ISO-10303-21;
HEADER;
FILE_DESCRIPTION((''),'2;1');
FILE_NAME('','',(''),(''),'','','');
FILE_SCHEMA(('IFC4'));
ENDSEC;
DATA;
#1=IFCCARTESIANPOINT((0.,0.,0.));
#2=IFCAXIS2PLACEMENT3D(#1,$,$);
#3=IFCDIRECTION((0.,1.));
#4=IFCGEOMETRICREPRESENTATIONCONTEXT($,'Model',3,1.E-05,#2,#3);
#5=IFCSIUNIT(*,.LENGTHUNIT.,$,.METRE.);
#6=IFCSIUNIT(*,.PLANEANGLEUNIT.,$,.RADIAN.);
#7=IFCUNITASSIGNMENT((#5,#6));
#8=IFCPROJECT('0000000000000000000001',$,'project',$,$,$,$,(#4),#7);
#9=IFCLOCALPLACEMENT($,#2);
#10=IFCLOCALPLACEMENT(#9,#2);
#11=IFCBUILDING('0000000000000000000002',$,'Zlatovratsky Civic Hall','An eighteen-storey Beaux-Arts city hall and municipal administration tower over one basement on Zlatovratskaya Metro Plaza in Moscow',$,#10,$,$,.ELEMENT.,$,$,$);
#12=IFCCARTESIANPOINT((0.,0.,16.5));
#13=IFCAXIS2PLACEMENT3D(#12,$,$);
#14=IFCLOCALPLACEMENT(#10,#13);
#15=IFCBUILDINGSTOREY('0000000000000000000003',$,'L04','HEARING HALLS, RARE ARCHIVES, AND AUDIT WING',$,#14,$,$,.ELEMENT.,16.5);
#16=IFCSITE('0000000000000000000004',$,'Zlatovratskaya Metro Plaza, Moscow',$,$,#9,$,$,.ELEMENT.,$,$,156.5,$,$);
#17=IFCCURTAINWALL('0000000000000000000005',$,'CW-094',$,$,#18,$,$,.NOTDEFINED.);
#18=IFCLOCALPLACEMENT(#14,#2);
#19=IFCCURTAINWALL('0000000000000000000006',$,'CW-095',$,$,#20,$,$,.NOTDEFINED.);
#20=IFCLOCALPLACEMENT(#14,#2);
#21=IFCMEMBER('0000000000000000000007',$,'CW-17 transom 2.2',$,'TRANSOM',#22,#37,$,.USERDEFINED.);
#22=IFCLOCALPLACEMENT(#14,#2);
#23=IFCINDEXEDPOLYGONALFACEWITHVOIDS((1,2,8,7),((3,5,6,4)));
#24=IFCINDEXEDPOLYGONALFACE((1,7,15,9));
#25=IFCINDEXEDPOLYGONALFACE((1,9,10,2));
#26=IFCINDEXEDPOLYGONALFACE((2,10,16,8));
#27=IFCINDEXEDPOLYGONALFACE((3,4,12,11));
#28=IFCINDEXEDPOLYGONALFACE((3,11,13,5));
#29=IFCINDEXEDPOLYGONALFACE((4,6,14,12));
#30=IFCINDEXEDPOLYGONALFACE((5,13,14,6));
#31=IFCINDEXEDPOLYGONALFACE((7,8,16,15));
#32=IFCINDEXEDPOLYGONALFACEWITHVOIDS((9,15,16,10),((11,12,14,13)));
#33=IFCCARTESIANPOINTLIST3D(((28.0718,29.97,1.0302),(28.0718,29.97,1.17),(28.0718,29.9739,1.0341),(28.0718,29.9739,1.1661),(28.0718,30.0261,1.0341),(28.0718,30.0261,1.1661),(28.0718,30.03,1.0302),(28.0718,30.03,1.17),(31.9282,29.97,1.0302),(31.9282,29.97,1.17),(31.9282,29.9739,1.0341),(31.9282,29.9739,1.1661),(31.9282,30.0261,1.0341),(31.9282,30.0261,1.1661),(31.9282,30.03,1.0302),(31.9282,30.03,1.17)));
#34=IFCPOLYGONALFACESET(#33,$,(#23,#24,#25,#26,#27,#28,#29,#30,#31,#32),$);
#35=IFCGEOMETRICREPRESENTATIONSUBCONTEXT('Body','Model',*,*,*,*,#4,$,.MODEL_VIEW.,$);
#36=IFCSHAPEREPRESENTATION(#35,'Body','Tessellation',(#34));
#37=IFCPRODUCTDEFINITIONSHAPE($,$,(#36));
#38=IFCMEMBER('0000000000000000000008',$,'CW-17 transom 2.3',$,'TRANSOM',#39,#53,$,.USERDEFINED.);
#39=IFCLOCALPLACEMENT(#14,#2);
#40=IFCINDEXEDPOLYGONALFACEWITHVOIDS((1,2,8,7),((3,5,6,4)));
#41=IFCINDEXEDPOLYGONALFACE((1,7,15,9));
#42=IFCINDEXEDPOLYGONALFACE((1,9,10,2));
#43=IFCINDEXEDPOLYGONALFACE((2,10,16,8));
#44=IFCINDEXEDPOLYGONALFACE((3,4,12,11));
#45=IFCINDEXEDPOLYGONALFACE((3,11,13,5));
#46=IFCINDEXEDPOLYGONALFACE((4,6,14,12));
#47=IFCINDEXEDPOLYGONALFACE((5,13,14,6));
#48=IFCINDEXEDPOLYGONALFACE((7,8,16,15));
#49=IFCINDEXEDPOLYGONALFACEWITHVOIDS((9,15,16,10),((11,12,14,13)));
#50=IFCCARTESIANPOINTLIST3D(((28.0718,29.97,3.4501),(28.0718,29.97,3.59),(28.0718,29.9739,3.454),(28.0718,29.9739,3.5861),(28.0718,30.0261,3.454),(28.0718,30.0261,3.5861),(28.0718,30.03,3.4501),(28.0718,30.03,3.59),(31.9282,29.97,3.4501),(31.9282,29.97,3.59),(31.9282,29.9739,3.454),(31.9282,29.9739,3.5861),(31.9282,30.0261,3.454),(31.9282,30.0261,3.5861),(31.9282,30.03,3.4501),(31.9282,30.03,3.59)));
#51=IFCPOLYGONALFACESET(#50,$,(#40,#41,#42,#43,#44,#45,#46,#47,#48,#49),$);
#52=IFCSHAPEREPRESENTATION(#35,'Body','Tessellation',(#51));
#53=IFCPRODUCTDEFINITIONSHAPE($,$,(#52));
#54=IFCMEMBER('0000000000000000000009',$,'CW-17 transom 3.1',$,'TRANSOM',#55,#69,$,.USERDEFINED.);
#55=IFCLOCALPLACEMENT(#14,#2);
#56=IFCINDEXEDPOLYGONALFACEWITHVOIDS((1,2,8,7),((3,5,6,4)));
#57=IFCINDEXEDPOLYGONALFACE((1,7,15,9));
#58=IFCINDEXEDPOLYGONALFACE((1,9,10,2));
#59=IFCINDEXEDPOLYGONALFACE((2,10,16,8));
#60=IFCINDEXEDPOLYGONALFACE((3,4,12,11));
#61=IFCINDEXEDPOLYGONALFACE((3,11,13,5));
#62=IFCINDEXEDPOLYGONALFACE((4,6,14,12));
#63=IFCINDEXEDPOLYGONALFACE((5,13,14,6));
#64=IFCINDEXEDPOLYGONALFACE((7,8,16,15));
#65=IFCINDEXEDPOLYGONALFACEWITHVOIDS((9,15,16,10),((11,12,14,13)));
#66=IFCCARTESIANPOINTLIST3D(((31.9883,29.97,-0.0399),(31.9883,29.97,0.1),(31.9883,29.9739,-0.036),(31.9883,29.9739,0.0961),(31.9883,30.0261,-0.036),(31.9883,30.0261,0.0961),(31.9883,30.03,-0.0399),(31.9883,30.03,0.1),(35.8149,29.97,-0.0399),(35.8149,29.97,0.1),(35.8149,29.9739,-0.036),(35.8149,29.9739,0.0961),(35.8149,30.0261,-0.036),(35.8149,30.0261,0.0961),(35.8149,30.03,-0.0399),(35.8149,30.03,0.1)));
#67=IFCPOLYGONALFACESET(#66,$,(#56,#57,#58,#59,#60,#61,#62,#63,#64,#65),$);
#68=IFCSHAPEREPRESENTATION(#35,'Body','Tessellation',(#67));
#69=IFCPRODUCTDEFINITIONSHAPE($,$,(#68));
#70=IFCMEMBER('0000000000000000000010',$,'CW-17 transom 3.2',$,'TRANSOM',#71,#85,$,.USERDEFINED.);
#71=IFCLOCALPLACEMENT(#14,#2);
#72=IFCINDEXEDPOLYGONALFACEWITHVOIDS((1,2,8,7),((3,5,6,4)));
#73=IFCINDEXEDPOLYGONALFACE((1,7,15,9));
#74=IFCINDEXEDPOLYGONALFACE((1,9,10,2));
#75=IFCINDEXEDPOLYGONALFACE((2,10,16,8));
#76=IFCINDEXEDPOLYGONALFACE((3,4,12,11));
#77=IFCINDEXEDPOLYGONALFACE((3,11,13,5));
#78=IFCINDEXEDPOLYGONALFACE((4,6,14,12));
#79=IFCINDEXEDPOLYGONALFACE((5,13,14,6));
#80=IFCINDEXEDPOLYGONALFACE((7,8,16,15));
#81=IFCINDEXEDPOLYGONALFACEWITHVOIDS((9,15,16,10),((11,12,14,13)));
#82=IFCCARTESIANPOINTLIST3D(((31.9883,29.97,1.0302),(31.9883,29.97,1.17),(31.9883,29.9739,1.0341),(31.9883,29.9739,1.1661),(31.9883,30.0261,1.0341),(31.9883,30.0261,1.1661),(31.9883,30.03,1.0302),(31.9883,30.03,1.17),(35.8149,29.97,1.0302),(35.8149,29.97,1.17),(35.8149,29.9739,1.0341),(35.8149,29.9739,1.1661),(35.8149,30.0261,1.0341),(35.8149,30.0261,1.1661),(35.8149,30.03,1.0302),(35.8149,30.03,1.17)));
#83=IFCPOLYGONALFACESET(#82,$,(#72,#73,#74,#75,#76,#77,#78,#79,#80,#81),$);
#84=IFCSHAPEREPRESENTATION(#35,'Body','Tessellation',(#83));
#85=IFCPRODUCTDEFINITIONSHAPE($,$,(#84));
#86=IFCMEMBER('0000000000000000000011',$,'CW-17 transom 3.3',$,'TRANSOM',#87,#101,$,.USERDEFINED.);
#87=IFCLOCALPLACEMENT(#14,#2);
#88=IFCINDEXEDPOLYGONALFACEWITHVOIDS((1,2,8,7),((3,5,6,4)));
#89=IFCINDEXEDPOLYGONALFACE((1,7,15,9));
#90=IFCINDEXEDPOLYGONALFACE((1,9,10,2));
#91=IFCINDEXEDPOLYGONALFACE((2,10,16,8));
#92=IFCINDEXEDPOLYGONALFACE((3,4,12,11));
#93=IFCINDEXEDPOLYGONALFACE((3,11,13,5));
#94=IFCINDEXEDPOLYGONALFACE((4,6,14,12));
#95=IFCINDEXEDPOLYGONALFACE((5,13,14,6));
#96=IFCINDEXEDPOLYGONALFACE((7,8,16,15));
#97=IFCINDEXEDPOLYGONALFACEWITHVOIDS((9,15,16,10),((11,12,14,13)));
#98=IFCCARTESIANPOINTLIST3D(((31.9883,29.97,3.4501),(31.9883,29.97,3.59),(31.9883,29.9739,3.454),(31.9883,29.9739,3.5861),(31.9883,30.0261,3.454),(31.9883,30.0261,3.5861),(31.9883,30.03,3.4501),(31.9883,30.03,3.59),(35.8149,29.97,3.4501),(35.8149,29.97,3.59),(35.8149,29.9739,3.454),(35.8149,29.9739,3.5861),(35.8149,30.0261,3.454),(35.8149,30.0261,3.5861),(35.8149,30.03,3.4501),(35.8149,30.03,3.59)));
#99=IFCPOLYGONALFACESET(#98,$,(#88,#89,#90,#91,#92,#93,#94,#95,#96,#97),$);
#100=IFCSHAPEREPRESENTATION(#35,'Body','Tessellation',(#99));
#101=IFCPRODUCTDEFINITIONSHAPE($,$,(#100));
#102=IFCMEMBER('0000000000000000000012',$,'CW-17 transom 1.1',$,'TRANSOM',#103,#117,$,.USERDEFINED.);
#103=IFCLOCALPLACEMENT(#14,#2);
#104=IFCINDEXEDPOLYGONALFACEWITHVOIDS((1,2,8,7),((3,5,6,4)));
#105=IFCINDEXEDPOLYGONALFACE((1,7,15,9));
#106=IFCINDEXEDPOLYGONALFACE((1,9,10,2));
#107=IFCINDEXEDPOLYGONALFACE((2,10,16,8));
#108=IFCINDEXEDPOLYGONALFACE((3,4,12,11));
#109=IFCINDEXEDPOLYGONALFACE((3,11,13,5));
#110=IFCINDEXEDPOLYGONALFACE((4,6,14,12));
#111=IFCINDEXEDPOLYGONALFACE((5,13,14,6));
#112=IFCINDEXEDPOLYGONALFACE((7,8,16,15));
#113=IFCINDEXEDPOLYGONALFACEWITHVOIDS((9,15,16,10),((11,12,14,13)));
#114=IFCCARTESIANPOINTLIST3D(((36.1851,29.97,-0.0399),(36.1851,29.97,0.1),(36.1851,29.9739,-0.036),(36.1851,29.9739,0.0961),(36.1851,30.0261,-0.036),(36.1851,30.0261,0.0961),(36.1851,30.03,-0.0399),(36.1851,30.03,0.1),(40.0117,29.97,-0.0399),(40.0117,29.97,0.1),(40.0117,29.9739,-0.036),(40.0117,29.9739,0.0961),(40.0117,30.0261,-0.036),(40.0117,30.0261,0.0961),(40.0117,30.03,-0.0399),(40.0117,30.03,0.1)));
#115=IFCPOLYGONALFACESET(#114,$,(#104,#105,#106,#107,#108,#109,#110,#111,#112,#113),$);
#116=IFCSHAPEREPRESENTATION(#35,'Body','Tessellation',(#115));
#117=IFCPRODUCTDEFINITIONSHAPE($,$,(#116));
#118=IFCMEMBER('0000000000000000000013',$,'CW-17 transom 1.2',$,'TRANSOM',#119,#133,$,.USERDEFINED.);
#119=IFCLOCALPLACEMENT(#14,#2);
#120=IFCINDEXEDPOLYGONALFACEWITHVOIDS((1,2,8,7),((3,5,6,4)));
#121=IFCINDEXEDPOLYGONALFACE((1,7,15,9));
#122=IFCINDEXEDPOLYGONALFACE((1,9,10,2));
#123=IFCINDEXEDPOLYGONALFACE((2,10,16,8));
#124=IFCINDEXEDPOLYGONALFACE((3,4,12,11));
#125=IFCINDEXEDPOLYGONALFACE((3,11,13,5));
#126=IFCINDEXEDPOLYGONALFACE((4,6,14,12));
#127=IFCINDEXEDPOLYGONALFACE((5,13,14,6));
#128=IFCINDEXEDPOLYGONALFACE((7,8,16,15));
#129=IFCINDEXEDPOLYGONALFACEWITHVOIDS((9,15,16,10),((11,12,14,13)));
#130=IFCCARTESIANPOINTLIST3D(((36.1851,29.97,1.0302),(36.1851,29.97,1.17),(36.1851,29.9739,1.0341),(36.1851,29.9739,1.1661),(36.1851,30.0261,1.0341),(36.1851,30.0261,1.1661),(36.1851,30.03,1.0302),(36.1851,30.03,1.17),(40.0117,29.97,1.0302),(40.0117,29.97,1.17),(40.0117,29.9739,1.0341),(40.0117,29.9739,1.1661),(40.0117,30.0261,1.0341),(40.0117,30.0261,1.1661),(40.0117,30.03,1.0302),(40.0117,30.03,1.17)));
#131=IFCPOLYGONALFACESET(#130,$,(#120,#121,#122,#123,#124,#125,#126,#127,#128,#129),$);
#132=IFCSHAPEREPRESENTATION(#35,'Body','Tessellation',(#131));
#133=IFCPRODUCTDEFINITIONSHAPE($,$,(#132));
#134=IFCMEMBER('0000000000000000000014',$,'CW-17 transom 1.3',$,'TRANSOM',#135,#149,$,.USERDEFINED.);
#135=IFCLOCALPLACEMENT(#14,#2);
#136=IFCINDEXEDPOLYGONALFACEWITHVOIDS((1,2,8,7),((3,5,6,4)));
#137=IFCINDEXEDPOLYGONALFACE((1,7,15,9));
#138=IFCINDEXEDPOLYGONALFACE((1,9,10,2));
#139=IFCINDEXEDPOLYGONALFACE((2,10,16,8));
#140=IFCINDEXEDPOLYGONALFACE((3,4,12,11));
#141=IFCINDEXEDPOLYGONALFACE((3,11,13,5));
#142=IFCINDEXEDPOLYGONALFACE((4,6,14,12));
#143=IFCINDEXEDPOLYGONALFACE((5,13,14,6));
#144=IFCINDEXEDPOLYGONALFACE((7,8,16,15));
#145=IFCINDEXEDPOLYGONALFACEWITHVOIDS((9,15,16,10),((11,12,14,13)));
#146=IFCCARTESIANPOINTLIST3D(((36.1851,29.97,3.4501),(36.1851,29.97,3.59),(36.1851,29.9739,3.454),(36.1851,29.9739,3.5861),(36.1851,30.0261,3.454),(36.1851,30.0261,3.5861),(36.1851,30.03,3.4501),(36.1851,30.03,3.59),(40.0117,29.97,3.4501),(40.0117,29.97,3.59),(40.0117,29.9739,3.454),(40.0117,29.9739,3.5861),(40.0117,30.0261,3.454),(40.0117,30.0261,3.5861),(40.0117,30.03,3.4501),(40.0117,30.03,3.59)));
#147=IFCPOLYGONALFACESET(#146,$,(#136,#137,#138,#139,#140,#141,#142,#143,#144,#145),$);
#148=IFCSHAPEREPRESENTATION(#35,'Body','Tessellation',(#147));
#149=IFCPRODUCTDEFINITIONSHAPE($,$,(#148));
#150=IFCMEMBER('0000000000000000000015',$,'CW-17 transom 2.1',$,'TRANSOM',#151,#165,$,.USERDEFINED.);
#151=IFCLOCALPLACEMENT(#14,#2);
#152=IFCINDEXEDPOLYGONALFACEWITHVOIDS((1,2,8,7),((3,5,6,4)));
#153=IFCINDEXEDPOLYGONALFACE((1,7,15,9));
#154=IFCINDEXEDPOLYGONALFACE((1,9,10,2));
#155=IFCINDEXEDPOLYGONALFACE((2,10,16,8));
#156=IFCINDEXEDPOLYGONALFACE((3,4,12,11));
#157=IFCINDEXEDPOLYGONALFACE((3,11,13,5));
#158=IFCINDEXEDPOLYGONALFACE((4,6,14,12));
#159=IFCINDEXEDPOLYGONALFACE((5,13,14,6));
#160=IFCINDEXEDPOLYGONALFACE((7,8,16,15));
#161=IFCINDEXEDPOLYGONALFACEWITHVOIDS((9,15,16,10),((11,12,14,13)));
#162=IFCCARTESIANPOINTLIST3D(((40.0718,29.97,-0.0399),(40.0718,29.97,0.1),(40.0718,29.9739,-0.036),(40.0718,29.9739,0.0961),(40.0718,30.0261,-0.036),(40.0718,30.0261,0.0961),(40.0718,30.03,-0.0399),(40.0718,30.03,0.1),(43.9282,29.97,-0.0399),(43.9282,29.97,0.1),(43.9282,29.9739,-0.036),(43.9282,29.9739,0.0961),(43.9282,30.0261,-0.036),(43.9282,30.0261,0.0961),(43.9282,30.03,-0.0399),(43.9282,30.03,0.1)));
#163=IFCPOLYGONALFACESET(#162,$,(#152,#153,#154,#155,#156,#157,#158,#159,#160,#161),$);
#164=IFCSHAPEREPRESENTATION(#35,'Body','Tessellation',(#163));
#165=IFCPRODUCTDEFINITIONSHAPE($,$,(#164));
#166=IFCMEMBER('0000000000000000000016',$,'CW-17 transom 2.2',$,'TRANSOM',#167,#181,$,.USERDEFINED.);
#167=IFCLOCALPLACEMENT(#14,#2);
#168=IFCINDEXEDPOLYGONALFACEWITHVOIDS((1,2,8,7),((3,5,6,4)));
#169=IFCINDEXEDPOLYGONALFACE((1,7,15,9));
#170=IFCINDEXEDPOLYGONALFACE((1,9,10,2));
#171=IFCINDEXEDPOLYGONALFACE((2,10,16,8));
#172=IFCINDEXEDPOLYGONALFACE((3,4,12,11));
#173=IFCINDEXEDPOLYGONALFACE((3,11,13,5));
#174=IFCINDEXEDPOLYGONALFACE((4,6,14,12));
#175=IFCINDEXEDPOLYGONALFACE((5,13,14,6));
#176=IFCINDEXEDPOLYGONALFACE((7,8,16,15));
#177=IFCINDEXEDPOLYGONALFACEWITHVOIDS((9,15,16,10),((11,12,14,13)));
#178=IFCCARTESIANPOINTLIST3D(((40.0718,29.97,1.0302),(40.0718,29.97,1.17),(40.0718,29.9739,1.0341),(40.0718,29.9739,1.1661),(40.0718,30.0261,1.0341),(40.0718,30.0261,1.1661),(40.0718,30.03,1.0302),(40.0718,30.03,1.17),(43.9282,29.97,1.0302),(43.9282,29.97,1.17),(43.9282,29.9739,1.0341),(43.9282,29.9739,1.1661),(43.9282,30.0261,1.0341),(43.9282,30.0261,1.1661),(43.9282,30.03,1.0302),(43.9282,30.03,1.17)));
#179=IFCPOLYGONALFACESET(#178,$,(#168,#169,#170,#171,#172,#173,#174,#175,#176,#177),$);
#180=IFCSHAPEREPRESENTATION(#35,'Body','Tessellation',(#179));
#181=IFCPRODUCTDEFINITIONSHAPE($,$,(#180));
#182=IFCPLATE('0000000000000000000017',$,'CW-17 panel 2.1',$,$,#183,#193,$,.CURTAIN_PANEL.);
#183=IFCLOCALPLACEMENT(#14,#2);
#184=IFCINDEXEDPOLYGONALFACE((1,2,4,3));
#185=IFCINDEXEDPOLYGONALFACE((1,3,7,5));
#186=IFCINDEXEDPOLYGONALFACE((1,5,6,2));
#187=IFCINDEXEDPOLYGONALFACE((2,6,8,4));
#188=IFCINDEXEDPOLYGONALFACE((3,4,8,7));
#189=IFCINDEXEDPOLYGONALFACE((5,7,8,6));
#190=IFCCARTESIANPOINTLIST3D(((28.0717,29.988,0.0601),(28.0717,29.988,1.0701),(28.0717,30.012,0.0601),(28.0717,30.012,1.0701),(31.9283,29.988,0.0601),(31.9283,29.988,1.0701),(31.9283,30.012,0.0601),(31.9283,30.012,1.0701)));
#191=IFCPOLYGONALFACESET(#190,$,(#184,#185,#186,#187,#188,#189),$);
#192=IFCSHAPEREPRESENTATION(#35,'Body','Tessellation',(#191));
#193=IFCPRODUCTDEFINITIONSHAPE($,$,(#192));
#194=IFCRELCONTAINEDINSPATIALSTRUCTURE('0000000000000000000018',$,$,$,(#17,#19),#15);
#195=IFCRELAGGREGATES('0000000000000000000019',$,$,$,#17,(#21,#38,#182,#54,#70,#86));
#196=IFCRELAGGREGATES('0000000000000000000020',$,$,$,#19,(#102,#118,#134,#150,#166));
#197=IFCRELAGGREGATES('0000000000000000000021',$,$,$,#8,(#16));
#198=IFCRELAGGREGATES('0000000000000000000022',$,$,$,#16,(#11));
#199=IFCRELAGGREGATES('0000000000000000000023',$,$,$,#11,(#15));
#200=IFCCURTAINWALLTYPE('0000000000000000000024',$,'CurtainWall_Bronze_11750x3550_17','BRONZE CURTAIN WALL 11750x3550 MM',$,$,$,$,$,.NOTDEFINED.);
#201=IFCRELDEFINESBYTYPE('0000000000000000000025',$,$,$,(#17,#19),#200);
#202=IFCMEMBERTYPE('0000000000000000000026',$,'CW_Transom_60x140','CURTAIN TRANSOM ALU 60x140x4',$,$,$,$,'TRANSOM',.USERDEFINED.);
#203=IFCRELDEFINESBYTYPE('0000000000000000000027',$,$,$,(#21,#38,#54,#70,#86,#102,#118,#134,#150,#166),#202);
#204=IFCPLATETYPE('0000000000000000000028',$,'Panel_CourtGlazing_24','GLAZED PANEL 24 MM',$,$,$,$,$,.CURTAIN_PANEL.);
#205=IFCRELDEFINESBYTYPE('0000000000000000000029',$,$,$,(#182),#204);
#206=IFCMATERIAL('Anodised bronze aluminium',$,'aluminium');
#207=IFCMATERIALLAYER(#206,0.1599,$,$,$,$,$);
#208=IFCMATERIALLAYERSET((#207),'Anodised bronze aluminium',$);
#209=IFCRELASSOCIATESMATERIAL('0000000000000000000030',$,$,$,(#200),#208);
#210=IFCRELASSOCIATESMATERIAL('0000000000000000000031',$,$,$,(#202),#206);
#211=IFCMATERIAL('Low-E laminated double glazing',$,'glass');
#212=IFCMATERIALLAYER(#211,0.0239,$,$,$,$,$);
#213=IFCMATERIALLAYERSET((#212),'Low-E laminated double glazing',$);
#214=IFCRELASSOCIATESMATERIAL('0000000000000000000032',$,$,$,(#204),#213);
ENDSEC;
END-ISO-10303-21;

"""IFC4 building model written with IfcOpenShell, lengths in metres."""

from ifc_helpers import new_model, si_unit, direction, frame, origin, origin_2d, place, context, subcontext, project, spatial, rectangle, hollow_rectangle, extrude, material, layer, layer_set, material_profile, profile_set, type_object, element, aggregate, save


model = new_model("IFC4")

# Units and contexts
model_context = context("Model", 3, precision=1e-05, world=origin(), true_north=direction((0.0, 1.0)))
body_context = subcontext(model_context, "Body", "Model", "MODEL_VIEW")
ifc_project = project(units=[si_unit("LENGTHUNIT", "METRE"), si_unit("PLANEANGLEUNIT", "RADIAN")], contexts=[model_context])

# Site, building, storey
site_placement = place(None, origin())
site = spatial("IfcSite", under=ifc_project, at=site_placement, Name="Zlatovratskaya Metro Plaza, Moscow", CompositionType="ELEMENT", RefElevation=156.5)
building_placement = place(site_placement, origin())
building = spatial("IfcBuilding", under=site, at=building_placement, Name="Zlatovratsky Civic Hall", Description="An eighteen-storey Beaux-Arts city hall and municipal administration tower over one basement on Zlatovratskaya Metro Plaza in Moscow", CompositionType="ELEMENT")
storey_placement = place(building_placement, frame((0.0, 0.0, 16.5)))
storey = spatial("IfcBuildingStorey", under=building, at=storey_placement, Name="L04", Description="HEARING HALLS, RARE ARCHIVES, AND AUDIT WING", CompositionType="ELEMENT", Elevation=16.5)

# Curtain walls
ifc_material_1 = material(Name="Anodised bronze aluminium", Category="aluminium")
ifc_layer_1 = layer(ifc_material_1, 0.1599)
ifc_layer_set_1 = layer_set([ifc_layer_1], Name="Anodised bronze aluminium")
curtain_wall_type_1 = type_object("IfcCurtainWallType", Name="CurtainWall_Bronze_11750x3550_17", Description="BRONZE CURTAIN WALL 11750x3550 MM", PredefinedType="NOTDEFINED", material=ifc_layer_set_1)
curtain_wall_1_placement = place(storey_placement, origin())
curtain_wall_1 = element("IfcCurtainWall", 1, at=curtain_wall_1_placement, inside=storey, type_object=curtain_wall_type_1, Name="CW-094", PredefinedType="NOTDEFINED")
curtain_wall_2_placement = place(storey_placement, origin())
curtain_wall_2 = element("IfcCurtainWall", 2, at=curtain_wall_2_placement, inside=storey, type_object=curtain_wall_type_1, Name="CW-095", PredefinedType="NOTDEFINED")

# Members
ifc_material_profile_1 = material_profile(ifc_material_1, hollow_rectangle(XDim=0.0601, YDim=0.1399, WallThickness=0.0039, at=origin_2d()), Name="ALU 60x140x4")
ifc_profile_set_1 = profile_set([ifc_material_profile_1], Name="Anodised bronze aluminium")
member_type_1 = type_object("IfcMemberType", Name="CW_Transom_60x140", Description="CURTAIN TRANSOM ALU 60x140x4", ElementType="TRANSOM", PredefinedType="USERDEFINED", material=ifc_profile_set_1)
member_1_placement = place(storey_placement, frame((28.0718, 30.0, 1.1001), z_axis=(1.0, 0.0, 0.0), x_axis=(0.0, 1.0, 0.0)))
member_1 = element("IfcMember", 3, at=member_1_placement, type_object=member_type_1, Name="CW-17 transom 2.2", ObjectType="TRANSOM", PredefinedType="USERDEFINED", context=body_context, shape_type="SweptSolid", body=[
    extrude(hollow_rectangle(XDim=0.0601, YDim=0.1399, WallThickness=0.0039, at=origin_2d()), origin(), (0.0, 0.0, 1.0), 3.8564),
])
member_2_placement = place(storey_placement, frame((28.0718, 30.0, 3.52), z_axis=(1.0, 0.0, 0.0), x_axis=(0.0, 1.0, 0.0)))
member_2 = element("IfcMember", 4, at=member_2_placement, type_object=member_type_1, Name="CW-17 transom 2.3", ObjectType="TRANSOM", PredefinedType="USERDEFINED", context=body_context, shape_type="SweptSolid", body=[
    extrude(hollow_rectangle(XDim=0.0601, YDim=0.1399, WallThickness=0.0039, at=origin_2d()), origin(), (0.0, 0.0, 1.0), 3.8564),
])
member_3_placement = place(storey_placement, frame((31.9883, 30.0, 0.03), z_axis=(1.0, 0.0, 0.0), x_axis=(0.0, 1.0, 0.0)))
member_3 = element("IfcMember", 5, at=member_3_placement, type_object=member_type_1, Name="CW-17 transom 3.1", ObjectType="TRANSOM", PredefinedType="USERDEFINED", context=body_context, shape_type="SweptSolid", body=[
    extrude(hollow_rectangle(XDim=0.0601, YDim=0.1399, WallThickness=0.0039, at=origin_2d()), origin(), (0.0, 0.0, 1.0), 3.8267),
])
member_4_placement = place(storey_placement, frame((31.9883, 30.0, 1.1001), z_axis=(1.0, 0.0, 0.0), x_axis=(0.0, 1.0, 0.0)))
member_4 = element("IfcMember", 6, at=member_4_placement, type_object=member_type_1, Name="CW-17 transom 3.2", ObjectType="TRANSOM", PredefinedType="USERDEFINED", context=body_context, shape_type="SweptSolid", body=[
    extrude(hollow_rectangle(XDim=0.0601, YDim=0.1399, WallThickness=0.0039, at=origin_2d()), origin(), (0.0, 0.0, 1.0), 3.8267),
])
member_5_placement = place(storey_placement, frame((31.9883, 30.0, 3.52), z_axis=(1.0, 0.0, 0.0), x_axis=(0.0, 1.0, 0.0)))
member_5 = element("IfcMember", 7, at=member_5_placement, type_object=member_type_1, Name="CW-17 transom 3.3", ObjectType="TRANSOM", PredefinedType="USERDEFINED", context=body_context, shape_type="SweptSolid", body=[
    extrude(hollow_rectangle(XDim=0.0601, YDim=0.1399, WallThickness=0.0039, at=origin_2d()), origin(), (0.0, 0.0, 1.0), 3.8267),
])
member_6_placement = place(storey_placement, frame((36.1851, 30.0, 0.03), z_axis=(1.0, 0.0, 0.0), x_axis=(0.0, 1.0, 0.0)))
member_6 = element("IfcMember", 8, at=member_6_placement, type_object=member_type_1, Name="CW-17 transom 1.1", ObjectType="TRANSOM", PredefinedType="USERDEFINED", context=body_context, shape_type="SweptSolid", body=[
    extrude(hollow_rectangle(XDim=0.0601, YDim=0.1399, WallThickness=0.0039, at=origin_2d()), origin(), (0.0, 0.0, 1.0), 3.8267),
])
member_7_placement = place(storey_placement, frame((36.1851, 30.0, 1.1001), z_axis=(1.0, 0.0, 0.0), x_axis=(0.0, 1.0, 0.0)))
member_7 = element("IfcMember", 9, at=member_7_placement, type_object=member_type_1, Name="CW-17 transom 1.2", ObjectType="TRANSOM", PredefinedType="USERDEFINED", context=body_context, shape_type="SweptSolid", body=[
    extrude(hollow_rectangle(XDim=0.0601, YDim=0.1399, WallThickness=0.0039, at=origin_2d()), origin(), (0.0, 0.0, 1.0), 3.8267),
])
member_8_placement = place(storey_placement, frame((36.1851, 30.0, 3.52), z_axis=(1.0, 0.0, 0.0), x_axis=(0.0, 1.0, 0.0)))
member_8 = element("IfcMember", 10, at=member_8_placement, type_object=member_type_1, Name="CW-17 transom 1.3", ObjectType="TRANSOM", PredefinedType="USERDEFINED", context=body_context, shape_type="SweptSolid", body=[
    extrude(hollow_rectangle(XDim=0.0601, YDim=0.1399, WallThickness=0.0039, at=origin_2d()), origin(), (0.0, 0.0, 1.0), 3.8267),
])
member_9_placement = place(storey_placement, frame((40.0718, 30.0, 0.03), z_axis=(1.0, 0.0, 0.0), x_axis=(0.0, 1.0, 0.0)))
member_9 = element("IfcMember", 11, at=member_9_placement, type_object=member_type_1, Name="CW-17 transom 2.1", ObjectType="TRANSOM", PredefinedType="USERDEFINED", context=body_context, shape_type="SweptSolid", body=[
    extrude(hollow_rectangle(XDim=0.0601, YDim=0.1399, WallThickness=0.0039, at=origin_2d()), origin(), (0.0, 0.0, 1.0), 3.8564),
])
member_10_placement = place(storey_placement, frame((40.0718, 30.0, 1.1001), z_axis=(1.0, 0.0, 0.0), x_axis=(0.0, 1.0, 0.0)))
member_10 = element("IfcMember", 12, at=member_10_placement, type_object=member_type_1, Name="CW-17 transom 2.2", ObjectType="TRANSOM", PredefinedType="USERDEFINED", context=body_context, shape_type="SweptSolid", body=[
    extrude(hollow_rectangle(XDim=0.0601, YDim=0.1399, WallThickness=0.0039, at=origin_2d()), origin(), (0.0, 0.0, 1.0), 3.8564),
])

# Plate
ifc_material_2 = material(Name="Low-E laminated double glazing", Category="glass")
ifc_layer_2 = layer(ifc_material_2, 0.0239)
ifc_layer_set_2 = layer_set([ifc_layer_2], Name="Low-E laminated double glazing")
plate_type = type_object("IfcPlateType", Name="Panel_CourtGlazing_24", Description="GLAZED PANEL 24 MM", PredefinedType="CURTAIN_PANEL", material=ifc_layer_set_2)
plate_1_placement = place(storey_placement, frame((30.0, 30.0, 0.0601), z_axis=(0.0, 0.0, 1.0), x_axis=(1.0, 0.0, 0.0)))
plate_1 = element("IfcPlate", 13, at=plate_1_placement, type_object=plate_type, Name="CW-17 panel 2.1", PredefinedType="CURTAIN_PANEL", context=body_context, shape_type="SweptSolid", body=[
    extrude(rectangle(XDim=3.8567, YDim=0.0239, at=origin_2d()), origin(), (0.0, 0.0, 1.0), 1.01),
])
aggregate(curtain_wall_1, [member_1, member_2, plate_1, member_3, member_4, member_5])
aggregate(curtain_wall_2, [member_6, member_7, member_8, member_9, member_10])

save(model, "model.ifc")
